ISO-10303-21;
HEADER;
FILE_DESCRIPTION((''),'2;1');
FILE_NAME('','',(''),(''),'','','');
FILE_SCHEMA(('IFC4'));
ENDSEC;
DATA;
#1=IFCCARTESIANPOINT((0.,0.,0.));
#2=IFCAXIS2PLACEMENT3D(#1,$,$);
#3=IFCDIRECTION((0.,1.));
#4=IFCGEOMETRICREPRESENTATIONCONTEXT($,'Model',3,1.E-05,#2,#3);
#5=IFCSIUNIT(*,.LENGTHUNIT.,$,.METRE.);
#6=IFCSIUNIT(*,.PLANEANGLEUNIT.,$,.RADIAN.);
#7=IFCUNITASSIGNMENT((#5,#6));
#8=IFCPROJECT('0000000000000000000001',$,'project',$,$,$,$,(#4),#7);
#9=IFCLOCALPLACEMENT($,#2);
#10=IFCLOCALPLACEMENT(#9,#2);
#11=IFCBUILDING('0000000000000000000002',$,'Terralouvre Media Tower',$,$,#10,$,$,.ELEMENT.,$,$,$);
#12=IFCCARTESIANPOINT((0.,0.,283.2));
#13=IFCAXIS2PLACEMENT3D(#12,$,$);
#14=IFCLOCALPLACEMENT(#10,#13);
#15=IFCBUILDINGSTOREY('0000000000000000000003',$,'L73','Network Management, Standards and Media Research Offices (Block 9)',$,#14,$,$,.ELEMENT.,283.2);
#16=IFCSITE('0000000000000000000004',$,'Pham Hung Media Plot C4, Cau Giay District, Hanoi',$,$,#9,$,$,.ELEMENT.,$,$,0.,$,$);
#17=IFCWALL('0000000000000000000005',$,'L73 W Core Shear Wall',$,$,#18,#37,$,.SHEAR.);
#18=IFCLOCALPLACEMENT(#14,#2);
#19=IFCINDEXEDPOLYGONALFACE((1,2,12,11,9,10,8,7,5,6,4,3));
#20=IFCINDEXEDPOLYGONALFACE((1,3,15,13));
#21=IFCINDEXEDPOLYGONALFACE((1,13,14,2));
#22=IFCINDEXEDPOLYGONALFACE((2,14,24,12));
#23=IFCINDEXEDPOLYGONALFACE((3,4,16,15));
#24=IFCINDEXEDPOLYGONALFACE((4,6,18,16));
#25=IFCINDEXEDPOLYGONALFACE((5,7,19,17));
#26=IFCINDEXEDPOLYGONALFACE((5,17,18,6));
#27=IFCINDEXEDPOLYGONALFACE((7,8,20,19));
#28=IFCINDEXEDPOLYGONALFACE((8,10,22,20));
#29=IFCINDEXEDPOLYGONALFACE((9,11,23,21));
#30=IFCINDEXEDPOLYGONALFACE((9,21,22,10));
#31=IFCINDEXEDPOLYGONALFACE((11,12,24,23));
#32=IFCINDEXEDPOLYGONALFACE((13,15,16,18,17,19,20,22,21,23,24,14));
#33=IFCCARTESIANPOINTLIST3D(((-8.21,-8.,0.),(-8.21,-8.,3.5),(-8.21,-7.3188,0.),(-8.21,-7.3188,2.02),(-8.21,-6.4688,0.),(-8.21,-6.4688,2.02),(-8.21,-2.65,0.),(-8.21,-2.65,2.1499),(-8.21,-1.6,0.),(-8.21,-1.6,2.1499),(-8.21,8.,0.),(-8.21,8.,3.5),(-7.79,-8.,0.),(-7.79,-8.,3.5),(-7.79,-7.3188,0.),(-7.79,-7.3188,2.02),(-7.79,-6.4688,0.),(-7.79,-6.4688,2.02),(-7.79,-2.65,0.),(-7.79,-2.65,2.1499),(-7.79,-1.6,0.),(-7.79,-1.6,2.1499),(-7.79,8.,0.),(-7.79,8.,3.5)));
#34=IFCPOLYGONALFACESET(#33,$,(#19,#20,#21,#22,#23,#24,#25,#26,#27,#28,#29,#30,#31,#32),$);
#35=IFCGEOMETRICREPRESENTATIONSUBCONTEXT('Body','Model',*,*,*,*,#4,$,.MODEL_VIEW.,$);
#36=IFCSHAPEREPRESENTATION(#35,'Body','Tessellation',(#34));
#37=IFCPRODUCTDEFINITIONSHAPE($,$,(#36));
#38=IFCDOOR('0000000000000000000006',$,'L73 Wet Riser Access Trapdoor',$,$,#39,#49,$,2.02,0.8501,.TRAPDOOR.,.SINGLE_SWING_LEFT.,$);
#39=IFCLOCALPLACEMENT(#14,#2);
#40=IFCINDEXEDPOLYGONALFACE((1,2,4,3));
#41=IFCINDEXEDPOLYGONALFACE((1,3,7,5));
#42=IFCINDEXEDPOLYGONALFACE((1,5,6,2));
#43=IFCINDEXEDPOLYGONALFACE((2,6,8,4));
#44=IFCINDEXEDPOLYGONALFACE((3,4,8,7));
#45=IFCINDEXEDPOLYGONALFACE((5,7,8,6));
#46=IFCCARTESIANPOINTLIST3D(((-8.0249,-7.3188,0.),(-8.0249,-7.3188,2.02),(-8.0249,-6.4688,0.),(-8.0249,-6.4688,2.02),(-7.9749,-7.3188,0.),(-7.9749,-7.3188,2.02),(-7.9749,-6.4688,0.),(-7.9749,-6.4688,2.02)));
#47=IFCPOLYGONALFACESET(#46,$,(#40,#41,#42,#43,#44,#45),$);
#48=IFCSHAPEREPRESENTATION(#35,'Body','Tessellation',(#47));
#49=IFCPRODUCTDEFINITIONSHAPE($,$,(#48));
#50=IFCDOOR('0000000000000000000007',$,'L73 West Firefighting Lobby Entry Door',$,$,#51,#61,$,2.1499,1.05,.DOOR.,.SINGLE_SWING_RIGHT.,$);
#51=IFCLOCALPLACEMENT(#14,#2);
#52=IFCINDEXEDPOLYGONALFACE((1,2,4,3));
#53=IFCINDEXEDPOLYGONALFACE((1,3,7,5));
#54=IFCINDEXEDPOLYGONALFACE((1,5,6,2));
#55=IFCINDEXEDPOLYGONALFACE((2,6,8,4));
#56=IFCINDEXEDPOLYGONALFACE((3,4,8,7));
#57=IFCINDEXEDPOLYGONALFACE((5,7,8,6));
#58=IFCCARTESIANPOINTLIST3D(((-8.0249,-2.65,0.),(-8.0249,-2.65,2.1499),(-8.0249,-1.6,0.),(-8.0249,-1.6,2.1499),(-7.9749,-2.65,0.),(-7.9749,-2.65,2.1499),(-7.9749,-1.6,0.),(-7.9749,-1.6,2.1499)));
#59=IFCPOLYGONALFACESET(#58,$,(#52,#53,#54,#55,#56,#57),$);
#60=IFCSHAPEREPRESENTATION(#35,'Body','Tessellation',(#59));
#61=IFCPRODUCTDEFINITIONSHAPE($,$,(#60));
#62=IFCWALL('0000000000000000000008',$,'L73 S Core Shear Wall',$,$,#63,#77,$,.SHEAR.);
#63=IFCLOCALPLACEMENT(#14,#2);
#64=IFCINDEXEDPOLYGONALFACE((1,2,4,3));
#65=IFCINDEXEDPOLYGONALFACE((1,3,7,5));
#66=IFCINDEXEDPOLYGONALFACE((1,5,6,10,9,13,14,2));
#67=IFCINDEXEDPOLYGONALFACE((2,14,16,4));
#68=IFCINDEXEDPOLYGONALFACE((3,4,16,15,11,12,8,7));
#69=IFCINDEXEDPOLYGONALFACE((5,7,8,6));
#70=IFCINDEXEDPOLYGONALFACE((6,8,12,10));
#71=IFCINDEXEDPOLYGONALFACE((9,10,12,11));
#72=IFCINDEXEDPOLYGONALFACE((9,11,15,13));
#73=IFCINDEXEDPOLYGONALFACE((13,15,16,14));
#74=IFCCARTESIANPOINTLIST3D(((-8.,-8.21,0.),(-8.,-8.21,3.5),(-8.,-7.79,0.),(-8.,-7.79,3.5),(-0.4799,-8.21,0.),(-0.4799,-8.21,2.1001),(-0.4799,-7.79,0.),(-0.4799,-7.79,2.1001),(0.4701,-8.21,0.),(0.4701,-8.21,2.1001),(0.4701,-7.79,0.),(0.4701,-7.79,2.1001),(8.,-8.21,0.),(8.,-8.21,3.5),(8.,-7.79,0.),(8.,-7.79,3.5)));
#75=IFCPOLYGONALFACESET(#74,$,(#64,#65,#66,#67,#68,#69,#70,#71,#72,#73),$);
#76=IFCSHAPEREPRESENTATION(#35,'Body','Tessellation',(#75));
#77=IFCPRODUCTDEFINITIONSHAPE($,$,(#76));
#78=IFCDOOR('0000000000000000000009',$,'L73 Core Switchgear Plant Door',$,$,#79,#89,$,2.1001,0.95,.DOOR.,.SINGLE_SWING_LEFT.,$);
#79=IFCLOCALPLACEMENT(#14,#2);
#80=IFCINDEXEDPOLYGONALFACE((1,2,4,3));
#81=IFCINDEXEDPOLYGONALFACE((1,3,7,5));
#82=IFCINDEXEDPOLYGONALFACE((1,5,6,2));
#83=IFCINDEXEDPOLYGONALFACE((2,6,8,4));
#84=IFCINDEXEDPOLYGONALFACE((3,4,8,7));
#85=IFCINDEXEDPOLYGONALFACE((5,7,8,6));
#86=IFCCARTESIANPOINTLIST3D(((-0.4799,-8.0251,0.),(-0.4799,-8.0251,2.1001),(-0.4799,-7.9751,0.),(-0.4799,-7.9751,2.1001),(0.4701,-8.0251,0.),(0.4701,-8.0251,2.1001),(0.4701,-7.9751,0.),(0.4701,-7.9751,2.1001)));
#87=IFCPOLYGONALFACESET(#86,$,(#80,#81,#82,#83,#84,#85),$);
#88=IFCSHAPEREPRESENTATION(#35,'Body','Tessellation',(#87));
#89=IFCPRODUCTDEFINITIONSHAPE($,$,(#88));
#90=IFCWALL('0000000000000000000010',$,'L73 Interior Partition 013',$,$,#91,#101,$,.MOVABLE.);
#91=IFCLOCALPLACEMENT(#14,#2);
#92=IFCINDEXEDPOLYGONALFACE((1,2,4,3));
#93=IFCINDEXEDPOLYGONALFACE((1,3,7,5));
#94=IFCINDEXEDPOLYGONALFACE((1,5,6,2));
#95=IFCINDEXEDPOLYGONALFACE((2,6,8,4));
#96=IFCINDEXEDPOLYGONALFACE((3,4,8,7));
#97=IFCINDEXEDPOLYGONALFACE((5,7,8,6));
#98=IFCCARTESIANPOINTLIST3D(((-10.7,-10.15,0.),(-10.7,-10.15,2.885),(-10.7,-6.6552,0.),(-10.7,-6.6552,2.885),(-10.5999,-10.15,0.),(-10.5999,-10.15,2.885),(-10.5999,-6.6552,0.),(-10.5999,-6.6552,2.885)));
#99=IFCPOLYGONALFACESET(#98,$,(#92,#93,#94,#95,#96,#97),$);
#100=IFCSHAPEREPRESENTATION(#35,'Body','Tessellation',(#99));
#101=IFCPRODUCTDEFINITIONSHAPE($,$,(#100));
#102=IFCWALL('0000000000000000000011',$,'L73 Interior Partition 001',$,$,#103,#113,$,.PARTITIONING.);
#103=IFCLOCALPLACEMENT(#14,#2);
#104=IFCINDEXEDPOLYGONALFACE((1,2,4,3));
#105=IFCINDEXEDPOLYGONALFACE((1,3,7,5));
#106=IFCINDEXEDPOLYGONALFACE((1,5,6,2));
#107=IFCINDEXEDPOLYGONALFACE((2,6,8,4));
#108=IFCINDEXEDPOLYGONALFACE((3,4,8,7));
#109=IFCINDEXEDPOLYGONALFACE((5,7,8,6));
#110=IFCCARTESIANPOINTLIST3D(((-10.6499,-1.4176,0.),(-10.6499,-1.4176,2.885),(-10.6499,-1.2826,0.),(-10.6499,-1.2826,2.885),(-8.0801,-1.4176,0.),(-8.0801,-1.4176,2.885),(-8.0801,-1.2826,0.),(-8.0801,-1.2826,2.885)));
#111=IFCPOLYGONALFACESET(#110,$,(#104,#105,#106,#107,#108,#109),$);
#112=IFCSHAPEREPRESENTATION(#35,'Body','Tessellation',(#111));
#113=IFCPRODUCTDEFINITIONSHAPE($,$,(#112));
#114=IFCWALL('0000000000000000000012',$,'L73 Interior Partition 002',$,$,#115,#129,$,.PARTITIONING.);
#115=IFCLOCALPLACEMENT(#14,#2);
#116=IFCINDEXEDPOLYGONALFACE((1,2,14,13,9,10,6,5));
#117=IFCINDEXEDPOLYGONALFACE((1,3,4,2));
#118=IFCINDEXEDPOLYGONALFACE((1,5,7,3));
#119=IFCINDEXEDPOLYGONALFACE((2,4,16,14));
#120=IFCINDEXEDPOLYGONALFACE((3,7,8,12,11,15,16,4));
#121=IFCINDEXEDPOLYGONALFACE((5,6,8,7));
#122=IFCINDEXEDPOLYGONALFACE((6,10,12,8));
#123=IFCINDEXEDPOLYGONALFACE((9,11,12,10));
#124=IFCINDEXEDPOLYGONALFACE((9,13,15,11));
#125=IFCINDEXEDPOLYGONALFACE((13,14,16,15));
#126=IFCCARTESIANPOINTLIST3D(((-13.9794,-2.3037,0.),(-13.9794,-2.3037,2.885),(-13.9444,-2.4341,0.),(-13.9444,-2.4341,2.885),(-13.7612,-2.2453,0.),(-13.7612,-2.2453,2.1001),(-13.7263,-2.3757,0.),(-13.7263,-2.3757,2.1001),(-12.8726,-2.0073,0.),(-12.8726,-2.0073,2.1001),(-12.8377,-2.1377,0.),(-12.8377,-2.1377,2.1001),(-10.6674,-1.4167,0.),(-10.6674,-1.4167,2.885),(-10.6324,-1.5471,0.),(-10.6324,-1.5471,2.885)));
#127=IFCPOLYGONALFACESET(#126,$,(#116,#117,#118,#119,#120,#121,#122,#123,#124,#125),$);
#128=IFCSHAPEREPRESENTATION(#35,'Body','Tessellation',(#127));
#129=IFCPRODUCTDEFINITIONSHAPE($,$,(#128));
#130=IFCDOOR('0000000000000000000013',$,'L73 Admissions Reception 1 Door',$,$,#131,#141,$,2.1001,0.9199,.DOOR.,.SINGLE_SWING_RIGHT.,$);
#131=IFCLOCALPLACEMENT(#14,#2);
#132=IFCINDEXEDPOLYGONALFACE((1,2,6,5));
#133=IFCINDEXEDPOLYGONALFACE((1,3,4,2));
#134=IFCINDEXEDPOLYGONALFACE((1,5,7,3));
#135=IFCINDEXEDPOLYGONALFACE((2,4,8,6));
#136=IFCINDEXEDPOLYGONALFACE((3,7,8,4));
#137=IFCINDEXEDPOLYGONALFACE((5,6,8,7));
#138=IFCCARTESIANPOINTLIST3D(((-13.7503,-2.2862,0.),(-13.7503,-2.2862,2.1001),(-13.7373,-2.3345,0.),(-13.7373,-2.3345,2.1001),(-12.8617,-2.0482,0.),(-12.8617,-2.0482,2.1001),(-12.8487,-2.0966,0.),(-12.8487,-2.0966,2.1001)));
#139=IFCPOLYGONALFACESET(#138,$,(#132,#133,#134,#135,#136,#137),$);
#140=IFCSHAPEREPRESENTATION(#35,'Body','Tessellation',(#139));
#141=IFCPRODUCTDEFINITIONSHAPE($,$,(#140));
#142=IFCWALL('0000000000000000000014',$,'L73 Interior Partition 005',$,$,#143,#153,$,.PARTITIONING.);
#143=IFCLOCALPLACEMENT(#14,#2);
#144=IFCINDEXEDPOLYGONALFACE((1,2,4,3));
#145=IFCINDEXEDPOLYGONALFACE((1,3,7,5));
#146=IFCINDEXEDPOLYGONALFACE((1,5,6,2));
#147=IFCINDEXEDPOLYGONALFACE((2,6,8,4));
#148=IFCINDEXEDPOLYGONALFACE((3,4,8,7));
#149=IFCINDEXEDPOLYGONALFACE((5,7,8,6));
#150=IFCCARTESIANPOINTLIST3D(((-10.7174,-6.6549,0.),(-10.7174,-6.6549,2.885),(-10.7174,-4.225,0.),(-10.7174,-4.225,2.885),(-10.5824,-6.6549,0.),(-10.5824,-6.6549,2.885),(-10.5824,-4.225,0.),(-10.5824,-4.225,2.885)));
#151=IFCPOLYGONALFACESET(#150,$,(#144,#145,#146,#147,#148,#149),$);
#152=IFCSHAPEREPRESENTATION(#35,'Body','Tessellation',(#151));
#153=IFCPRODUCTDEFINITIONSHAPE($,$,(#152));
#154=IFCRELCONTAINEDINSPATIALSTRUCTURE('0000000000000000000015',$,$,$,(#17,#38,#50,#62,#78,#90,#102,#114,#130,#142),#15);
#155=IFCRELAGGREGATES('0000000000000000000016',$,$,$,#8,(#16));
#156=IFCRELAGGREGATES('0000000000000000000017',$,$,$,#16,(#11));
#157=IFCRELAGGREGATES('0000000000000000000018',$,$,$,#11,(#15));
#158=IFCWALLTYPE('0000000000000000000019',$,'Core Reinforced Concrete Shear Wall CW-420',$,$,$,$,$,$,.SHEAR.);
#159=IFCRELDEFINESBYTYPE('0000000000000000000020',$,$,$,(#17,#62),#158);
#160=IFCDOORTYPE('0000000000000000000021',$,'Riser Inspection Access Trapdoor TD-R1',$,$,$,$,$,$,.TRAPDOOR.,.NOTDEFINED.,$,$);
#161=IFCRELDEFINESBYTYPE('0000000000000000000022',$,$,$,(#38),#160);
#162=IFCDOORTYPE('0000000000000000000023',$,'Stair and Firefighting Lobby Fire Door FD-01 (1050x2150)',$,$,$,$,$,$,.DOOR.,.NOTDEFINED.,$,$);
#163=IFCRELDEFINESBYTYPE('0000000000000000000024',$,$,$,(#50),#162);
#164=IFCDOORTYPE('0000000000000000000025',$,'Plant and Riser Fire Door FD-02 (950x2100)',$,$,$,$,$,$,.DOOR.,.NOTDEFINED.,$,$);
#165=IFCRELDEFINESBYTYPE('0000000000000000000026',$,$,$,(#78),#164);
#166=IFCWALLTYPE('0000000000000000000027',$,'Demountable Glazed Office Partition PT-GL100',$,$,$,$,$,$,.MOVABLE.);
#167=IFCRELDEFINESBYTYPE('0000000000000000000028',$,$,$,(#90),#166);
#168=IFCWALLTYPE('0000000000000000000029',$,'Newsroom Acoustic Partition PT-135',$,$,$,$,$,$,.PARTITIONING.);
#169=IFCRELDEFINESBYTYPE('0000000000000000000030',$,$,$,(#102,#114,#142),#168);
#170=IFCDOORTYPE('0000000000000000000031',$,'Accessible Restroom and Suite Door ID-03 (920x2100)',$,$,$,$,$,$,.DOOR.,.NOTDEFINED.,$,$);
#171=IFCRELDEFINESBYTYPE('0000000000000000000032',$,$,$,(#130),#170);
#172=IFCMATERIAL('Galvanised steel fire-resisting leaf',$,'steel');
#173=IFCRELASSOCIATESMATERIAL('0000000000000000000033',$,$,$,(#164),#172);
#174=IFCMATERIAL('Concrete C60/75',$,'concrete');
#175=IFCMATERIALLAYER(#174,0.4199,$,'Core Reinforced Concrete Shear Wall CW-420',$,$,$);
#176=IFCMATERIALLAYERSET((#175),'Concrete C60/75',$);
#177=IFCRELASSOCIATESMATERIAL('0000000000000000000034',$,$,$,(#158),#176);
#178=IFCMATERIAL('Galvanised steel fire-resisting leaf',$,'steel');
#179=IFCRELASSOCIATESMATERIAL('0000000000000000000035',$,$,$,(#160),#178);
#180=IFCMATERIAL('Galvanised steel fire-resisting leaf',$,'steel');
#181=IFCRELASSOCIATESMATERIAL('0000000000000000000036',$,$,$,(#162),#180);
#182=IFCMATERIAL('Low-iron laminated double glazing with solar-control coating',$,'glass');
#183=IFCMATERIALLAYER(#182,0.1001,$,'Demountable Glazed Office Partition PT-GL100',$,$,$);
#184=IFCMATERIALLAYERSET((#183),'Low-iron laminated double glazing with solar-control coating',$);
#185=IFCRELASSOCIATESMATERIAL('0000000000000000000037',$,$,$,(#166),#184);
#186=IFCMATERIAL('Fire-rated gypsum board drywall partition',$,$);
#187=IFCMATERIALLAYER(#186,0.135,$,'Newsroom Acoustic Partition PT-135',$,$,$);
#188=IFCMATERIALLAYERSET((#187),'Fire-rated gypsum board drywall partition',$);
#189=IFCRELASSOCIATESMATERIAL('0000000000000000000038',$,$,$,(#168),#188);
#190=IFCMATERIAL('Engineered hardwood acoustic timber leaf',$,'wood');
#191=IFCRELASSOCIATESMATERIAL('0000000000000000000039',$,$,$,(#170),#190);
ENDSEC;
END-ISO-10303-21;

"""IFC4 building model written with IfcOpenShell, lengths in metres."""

from ifc_helpers import new_model, si_unit, direction, frame, frame_2d, origin, place, context, subcontext, project, spatial, rectangle, extrude, material, layer, layer_set, type_object, element, fill, save


model = new_model("IFC4")

# Units and contexts
model_context = context("Model", 3, precision=1e-05, world=origin(), true_north=direction((0.0, 1.0)))
body_context = subcontext(model_context, "Body", "Model", "MODEL_VIEW")
ifc_project = project(units=[si_unit("LENGTHUNIT", "METRE"), si_unit("PLANEANGLEUNIT", "RADIAN")], contexts=[model_context])

# Site, building, storey
site_placement = place(None, origin())
site = spatial("IfcSite", under=ifc_project, at=site_placement, Name="Pham Hung Media Plot C4, Cau Giay District, Hanoi", CompositionType="ELEMENT", RefElevation=0.0)
building_placement = place(site_placement, origin())
building = spatial("IfcBuilding", under=site, at=building_placement, Name="Terralouvre Media Tower", CompositionType="ELEMENT")
storey_placement = place(building_placement, frame((0.0, 0.0, 283.2)))
storey = spatial("IfcBuildingStorey", under=building, at=storey_placement, Name="L73", Description="Network Management, Standards and Media Research Offices (Block 9)", CompositionType="ELEMENT", Elevation=283.2)

# Wall, openings, doors
ifc_material_1 = material(Name="Galvanised steel fire-resisting leaf", Category="steel")
door_type_1 = type_object("IfcDoorType", Name="Plant and Riser Fire Door FD-02 (950x2100)", OperationType="NOTDEFINED", PredefinedType="DOOR", material=ifc_material_1)
ifc_material_2 = material(Name="Concrete C60/75", Category="concrete")
ifc_layer_1 = layer(ifc_material_2, 0.4199, Name="Core Reinforced Concrete Shear Wall CW-420")
ifc_layer_set_1 = layer_set([ifc_layer_1], Name="Concrete C60/75")
wall_type_1 = type_object("IfcWallType", Name="Core Reinforced Concrete Shear Wall CW-420", PredefinedType="SHEAR", material=ifc_layer_set_1)
wall_1_placement = place(storey_placement, frame((-8.0, -8.0, 0.0), z_axis=(0.0, 0.0, 1.0), x_axis=(0.0, 1.0, 0.0)))
wall_1 = element("IfcWall", 1, at=wall_1_placement, inside=storey, type_object=wall_type_1, Name="L73 W Core Shear Wall", PredefinedType="SHEAR", context=body_context, shape_type="SweptSolid", body=[
    extrude(rectangle(XDim=16.0, YDim=0.4199, at=frame_2d((8.0, 0.0))), origin(), (0.0, 0.0, 1.0), 3.5),
])
opening_1_placement = place(wall_1_placement, frame((0.6812, 0.0, 0.0)))
opening_1 = element("IfcOpeningElement", 2, at=opening_1_placement, cuts=wall_1, PredefinedType="OPENING", context=body_context, shape_type="SweptSolid", body=[
    extrude(rectangle(XDim=0.8501, YDim=2.02, at=frame_2d((0.425, 1.01))), frame((0.0, 0.22, 0.0), z_axis=(0.0, -1.0, 0.0), x_axis=(1.0, 0.0, 0.0)), (0.0, 0.0, 1.0), 0.4399),
])
opening_2_placement = place(wall_1_placement, frame((5.3501, 0.0, 0.0)))
opening_2 = element("IfcOpeningElement", 3, at=opening_2_placement, cuts=wall_1, PredefinedType="OPENING", context=body_context, shape_type="SweptSolid", body=[
    extrude(rectangle(XDim=1.05, YDim=2.1499, at=frame_2d((0.5249, 1.075))), frame((0.0, 0.22, 0.0), z_axis=(0.0, -1.0, 0.0), x_axis=(1.0, 0.0, 0.0)), (0.0, 0.0, 1.0), 0.4399),
])
ifc_material_3 = material(Name="Galvanised steel fire-resisting leaf", Category="steel")
door_type_2 = type_object("IfcDoorType", Name="Riser Inspection Access Trapdoor TD-R1", OperationType="NOTDEFINED", PredefinedType="TRAPDOOR", material=ifc_material_3)
door_1_placement = place(opening_1_placement, origin())
door_1 = element("IfcDoor", 4, at=door_1_placement, inside=storey, type_object=door_type_2, Name="L73 Wet Riser Access Trapdoor", OperationType="SINGLE_SWING_LEFT", OverallHeight=2.02, OverallWidth=0.8501, PredefinedType="TRAPDOOR", context=body_context, shape_type="SweptSolid", body=[
    extrude(rectangle(XDim=0.8501, YDim=2.02, at=frame_2d((0.425, 1.01))), frame((0.0, 0.0249, 0.0), z_axis=(0.0, -1.0, 0.0), x_axis=(1.0, 0.0, 0.0)), (0.0, 0.0, 1.0), 0.05),
])
fill(opening_1, door_1)
ifc_material_4 = material(Name="Galvanised steel fire-resisting leaf", Category="steel")
door_type_3 = type_object("IfcDoorType", Name="Stair and Firefighting Lobby Fire Door FD-01 (1050x2150)", OperationType="NOTDEFINED", PredefinedType="DOOR", material=ifc_material_4)
door_2_placement = place(opening_2_placement, origin())
door_2 = element("IfcDoor", 5, at=door_2_placement, inside=storey, type_object=door_type_3, Name="L73 West Firefighting Lobby Entry Door", OperationType="SINGLE_SWING_RIGHT", OverallHeight=2.1499, OverallWidth=1.05, PredefinedType="DOOR", context=body_context, shape_type="SweptSolid", body=[
    extrude(rectangle(XDim=1.05, YDim=2.1499, at=frame_2d((0.5249, 1.075))), frame((0.0, 0.0249, 0.0), z_axis=(0.0, -1.0, 0.0), x_axis=(1.0, 0.0, 0.0)), (0.0, 0.0, 1.0), 0.05),
])
fill(opening_2, door_2)

# Wall, opening, door
wall_2_placement = place(storey_placement, frame((-8.0, -8.0, 0.0), z_axis=(0.0, 0.0, 1.0), x_axis=(1.0, 0.0, 0.0)))
wall_2 = element("IfcWall", 6, at=wall_2_placement, inside=storey, type_object=wall_type_1, Name="L73 S Core Shear Wall", PredefinedType="SHEAR", context=body_context, shape_type="SweptSolid", body=[
    extrude(rectangle(XDim=16.0, YDim=0.4199, at=frame_2d((8.0, 0.0))), origin(), (0.0, 0.0, 1.0), 3.5),
])
opening_3_placement = place(wall_2_placement, frame((7.52, 0.0, 0.0)))
opening_3 = element("IfcOpeningElement", 7, at=opening_3_placement, cuts=wall_2, PredefinedType="OPENING", context=body_context, shape_type="SweptSolid", body=[
    extrude(rectangle(XDim=0.95, YDim=2.1001, at=frame_2d((0.4751, 1.05))), frame((0.0, 0.22, 0.0), z_axis=(0.0, -1.0, 0.0), x_axis=(1.0, 0.0, 0.0)), (0.0, 0.0, 1.0), 0.4399),
])
door_3_placement = place(opening_3_placement, origin())
door_3 = element("IfcDoor", 8, at=door_3_placement, inside=storey, type_object=door_type_1, Name="L73 Core Switchgear Plant Door", OperationType="SINGLE_SWING_LEFT", OverallHeight=2.1001, OverallWidth=0.95, PredefinedType="DOOR", context=body_context, shape_type="SweptSolid", body=[
    extrude(rectangle(XDim=0.95, YDim=2.1001, at=frame_2d((0.4751, 1.05))), frame((0.0, 0.0249, 0.0), z_axis=(0.0, -1.0, 0.0), x_axis=(1.0, 0.0, 0.0)), (0.0, 0.0, 1.0), 0.05),
])
fill(opening_3, door_3)

# Walls
ifc_material_5 = material(Name="Low-iron laminated double glazing with solar-control coating", Category="glass")
ifc_layer_2 = layer(ifc_material_5, 0.1001, Name="Demountable Glazed Office Partition PT-GL100")
ifc_layer_set_2 = layer_set([ifc_layer_2], Name="Low-iron laminated double glazing with solar-control coating")
wall_type_2 = type_object("IfcWallType", Name="Demountable Glazed Office Partition PT-GL100", PredefinedType="MOVABLE", material=ifc_layer_set_2)
wall_3_placement = place(storey_placement, frame((-10.6499, -6.655, 0.0), z_axis=(0.0, 0.0, 1.0), x_axis=(0.0, -1.0, 0.0)))
element("IfcWall", 9, at=wall_3_placement, inside=storey, type_object=wall_type_2, Name="L73 Interior Partition 013", PredefinedType="MOVABLE", context=body_context, shape_type="SweptSolid", body=[
    extrude(rectangle(XDim=3.4949, YDim=0.1001, at=frame_2d((1.7476, 0.0))), origin(), (0.0, 0.0, 1.0), 2.885),
])
ifc_material_6 = material(Name="Fire-rated gypsum board drywall partition")
ifc_layer_3 = layer(ifc_material_6, 0.135, Name="Newsroom Acoustic Partition PT-135")
ifc_layer_set_3 = layer_set([ifc_layer_3], Name="Fire-rated gypsum board drywall partition")
wall_type_3 = type_object("IfcWallType", Name="Newsroom Acoustic Partition PT-135", PredefinedType="PARTITIONING", material=ifc_layer_set_3)
wall_4_placement = place(storey_placement, frame((-8.0801, -1.3501, 0.0), z_axis=(0.0, 0.0, 1.0), x_axis=(-1.0, 0.0, 0.0)))
element("IfcWall", 10, at=wall_4_placement, inside=storey, type_object=wall_type_3, Name="L73 Interior Partition 001", PredefinedType="PARTITIONING", context=body_context, shape_type="SweptSolid", body=[
    extrude(rectangle(XDim=2.5698, YDim=0.135, at=frame_2d((1.2849, 0.0))), origin(), (0.0, 0.0, 1.0), 2.885),
])

# Wall, opening, door
wall_5_placement = place(storey_placement, frame((-10.6499, -1.4819, 0.0), z_axis=(0.0, 0.0, 1.0), x_axis=(-0.965961, -0.258686, 0.0)))
wall_5 = element("IfcWall", 11, at=wall_5_placement, inside=storey, type_object=wall_type_3, Name="L73 Interior Partition 002", PredefinedType="PARTITIONING", context=body_context, shape_type="SweptSolid", body=[
    extrude(rectangle(XDim=3.4287, YDim=0.135, at=frame_2d((1.7144, 0.0))), origin(), (0.0, 0.0, 1.0), 2.885),
])
opening_4_placement = place(wall_5_placement, frame((2.283, 0.0, 0.0)))
opening_4 = element("IfcOpeningElement", 12, at=opening_4_placement, cuts=wall_5, PredefinedType="OPENING", context=body_context, shape_type="SweptSolid", body=[
    extrude(rectangle(XDim=0.9199, YDim=2.1001, at=frame_2d((0.46, 1.05))), frame((0.0, 0.0774, 0.0), z_axis=(0.0, -1.0, 0.0), x_axis=(1.0, 0.0, 0.0)), (0.0, 0.0, 1.0), 0.155),
])
ifc_material_7 = material(Name="Engineered hardwood acoustic timber leaf", Category="wood")
door_type_4 = type_object("IfcDoorType", Name="Accessible Restroom and Suite Door ID-03 (920x2100)", OperationType="NOTDEFINED", PredefinedType="DOOR", material=ifc_material_7)
door_4_placement = place(opening_4_placement, origin())
door_4 = element("IfcDoor", 13, at=door_4_placement, inside=storey, type_object=door_type_4, Name="L73 Admissions Reception 1 Door", OperationType="SINGLE_SWING_RIGHT", OverallHeight=2.1001, OverallWidth=0.9199, PredefinedType="DOOR", context=body_context, shape_type="SweptSolid", body=[
    extrude(rectangle(XDim=0.9199, YDim=2.1001, at=frame_2d((0.46, 1.05))), frame((0.0, 0.0249, 0.0), z_axis=(0.0, -1.0, 0.0), x_axis=(1.0, 0.0, 0.0)), (0.0, 0.0, 1.0), 0.05),
])
fill(opening_4, door_4)

# Wall
wall_6_placement = place(storey_placement, frame((-10.6499, -4.2251, 0.0), z_axis=(0.0, 0.0, 1.0), x_axis=(0.0, -1.0, 0.0)))
element("IfcWall", 14, at=wall_6_placement, inside=storey, type_object=wall_type_3, Name="L73 Interior Partition 005", PredefinedType="PARTITIONING", context=body_context, shape_type="SweptSolid", body=[
    extrude(rectangle(XDim=2.4299, YDim=0.135, at=frame_2d((1.2148, 0.0))), origin(), (0.0, 0.0, 1.0), 2.885),
])

save(model, "model.ifc")
